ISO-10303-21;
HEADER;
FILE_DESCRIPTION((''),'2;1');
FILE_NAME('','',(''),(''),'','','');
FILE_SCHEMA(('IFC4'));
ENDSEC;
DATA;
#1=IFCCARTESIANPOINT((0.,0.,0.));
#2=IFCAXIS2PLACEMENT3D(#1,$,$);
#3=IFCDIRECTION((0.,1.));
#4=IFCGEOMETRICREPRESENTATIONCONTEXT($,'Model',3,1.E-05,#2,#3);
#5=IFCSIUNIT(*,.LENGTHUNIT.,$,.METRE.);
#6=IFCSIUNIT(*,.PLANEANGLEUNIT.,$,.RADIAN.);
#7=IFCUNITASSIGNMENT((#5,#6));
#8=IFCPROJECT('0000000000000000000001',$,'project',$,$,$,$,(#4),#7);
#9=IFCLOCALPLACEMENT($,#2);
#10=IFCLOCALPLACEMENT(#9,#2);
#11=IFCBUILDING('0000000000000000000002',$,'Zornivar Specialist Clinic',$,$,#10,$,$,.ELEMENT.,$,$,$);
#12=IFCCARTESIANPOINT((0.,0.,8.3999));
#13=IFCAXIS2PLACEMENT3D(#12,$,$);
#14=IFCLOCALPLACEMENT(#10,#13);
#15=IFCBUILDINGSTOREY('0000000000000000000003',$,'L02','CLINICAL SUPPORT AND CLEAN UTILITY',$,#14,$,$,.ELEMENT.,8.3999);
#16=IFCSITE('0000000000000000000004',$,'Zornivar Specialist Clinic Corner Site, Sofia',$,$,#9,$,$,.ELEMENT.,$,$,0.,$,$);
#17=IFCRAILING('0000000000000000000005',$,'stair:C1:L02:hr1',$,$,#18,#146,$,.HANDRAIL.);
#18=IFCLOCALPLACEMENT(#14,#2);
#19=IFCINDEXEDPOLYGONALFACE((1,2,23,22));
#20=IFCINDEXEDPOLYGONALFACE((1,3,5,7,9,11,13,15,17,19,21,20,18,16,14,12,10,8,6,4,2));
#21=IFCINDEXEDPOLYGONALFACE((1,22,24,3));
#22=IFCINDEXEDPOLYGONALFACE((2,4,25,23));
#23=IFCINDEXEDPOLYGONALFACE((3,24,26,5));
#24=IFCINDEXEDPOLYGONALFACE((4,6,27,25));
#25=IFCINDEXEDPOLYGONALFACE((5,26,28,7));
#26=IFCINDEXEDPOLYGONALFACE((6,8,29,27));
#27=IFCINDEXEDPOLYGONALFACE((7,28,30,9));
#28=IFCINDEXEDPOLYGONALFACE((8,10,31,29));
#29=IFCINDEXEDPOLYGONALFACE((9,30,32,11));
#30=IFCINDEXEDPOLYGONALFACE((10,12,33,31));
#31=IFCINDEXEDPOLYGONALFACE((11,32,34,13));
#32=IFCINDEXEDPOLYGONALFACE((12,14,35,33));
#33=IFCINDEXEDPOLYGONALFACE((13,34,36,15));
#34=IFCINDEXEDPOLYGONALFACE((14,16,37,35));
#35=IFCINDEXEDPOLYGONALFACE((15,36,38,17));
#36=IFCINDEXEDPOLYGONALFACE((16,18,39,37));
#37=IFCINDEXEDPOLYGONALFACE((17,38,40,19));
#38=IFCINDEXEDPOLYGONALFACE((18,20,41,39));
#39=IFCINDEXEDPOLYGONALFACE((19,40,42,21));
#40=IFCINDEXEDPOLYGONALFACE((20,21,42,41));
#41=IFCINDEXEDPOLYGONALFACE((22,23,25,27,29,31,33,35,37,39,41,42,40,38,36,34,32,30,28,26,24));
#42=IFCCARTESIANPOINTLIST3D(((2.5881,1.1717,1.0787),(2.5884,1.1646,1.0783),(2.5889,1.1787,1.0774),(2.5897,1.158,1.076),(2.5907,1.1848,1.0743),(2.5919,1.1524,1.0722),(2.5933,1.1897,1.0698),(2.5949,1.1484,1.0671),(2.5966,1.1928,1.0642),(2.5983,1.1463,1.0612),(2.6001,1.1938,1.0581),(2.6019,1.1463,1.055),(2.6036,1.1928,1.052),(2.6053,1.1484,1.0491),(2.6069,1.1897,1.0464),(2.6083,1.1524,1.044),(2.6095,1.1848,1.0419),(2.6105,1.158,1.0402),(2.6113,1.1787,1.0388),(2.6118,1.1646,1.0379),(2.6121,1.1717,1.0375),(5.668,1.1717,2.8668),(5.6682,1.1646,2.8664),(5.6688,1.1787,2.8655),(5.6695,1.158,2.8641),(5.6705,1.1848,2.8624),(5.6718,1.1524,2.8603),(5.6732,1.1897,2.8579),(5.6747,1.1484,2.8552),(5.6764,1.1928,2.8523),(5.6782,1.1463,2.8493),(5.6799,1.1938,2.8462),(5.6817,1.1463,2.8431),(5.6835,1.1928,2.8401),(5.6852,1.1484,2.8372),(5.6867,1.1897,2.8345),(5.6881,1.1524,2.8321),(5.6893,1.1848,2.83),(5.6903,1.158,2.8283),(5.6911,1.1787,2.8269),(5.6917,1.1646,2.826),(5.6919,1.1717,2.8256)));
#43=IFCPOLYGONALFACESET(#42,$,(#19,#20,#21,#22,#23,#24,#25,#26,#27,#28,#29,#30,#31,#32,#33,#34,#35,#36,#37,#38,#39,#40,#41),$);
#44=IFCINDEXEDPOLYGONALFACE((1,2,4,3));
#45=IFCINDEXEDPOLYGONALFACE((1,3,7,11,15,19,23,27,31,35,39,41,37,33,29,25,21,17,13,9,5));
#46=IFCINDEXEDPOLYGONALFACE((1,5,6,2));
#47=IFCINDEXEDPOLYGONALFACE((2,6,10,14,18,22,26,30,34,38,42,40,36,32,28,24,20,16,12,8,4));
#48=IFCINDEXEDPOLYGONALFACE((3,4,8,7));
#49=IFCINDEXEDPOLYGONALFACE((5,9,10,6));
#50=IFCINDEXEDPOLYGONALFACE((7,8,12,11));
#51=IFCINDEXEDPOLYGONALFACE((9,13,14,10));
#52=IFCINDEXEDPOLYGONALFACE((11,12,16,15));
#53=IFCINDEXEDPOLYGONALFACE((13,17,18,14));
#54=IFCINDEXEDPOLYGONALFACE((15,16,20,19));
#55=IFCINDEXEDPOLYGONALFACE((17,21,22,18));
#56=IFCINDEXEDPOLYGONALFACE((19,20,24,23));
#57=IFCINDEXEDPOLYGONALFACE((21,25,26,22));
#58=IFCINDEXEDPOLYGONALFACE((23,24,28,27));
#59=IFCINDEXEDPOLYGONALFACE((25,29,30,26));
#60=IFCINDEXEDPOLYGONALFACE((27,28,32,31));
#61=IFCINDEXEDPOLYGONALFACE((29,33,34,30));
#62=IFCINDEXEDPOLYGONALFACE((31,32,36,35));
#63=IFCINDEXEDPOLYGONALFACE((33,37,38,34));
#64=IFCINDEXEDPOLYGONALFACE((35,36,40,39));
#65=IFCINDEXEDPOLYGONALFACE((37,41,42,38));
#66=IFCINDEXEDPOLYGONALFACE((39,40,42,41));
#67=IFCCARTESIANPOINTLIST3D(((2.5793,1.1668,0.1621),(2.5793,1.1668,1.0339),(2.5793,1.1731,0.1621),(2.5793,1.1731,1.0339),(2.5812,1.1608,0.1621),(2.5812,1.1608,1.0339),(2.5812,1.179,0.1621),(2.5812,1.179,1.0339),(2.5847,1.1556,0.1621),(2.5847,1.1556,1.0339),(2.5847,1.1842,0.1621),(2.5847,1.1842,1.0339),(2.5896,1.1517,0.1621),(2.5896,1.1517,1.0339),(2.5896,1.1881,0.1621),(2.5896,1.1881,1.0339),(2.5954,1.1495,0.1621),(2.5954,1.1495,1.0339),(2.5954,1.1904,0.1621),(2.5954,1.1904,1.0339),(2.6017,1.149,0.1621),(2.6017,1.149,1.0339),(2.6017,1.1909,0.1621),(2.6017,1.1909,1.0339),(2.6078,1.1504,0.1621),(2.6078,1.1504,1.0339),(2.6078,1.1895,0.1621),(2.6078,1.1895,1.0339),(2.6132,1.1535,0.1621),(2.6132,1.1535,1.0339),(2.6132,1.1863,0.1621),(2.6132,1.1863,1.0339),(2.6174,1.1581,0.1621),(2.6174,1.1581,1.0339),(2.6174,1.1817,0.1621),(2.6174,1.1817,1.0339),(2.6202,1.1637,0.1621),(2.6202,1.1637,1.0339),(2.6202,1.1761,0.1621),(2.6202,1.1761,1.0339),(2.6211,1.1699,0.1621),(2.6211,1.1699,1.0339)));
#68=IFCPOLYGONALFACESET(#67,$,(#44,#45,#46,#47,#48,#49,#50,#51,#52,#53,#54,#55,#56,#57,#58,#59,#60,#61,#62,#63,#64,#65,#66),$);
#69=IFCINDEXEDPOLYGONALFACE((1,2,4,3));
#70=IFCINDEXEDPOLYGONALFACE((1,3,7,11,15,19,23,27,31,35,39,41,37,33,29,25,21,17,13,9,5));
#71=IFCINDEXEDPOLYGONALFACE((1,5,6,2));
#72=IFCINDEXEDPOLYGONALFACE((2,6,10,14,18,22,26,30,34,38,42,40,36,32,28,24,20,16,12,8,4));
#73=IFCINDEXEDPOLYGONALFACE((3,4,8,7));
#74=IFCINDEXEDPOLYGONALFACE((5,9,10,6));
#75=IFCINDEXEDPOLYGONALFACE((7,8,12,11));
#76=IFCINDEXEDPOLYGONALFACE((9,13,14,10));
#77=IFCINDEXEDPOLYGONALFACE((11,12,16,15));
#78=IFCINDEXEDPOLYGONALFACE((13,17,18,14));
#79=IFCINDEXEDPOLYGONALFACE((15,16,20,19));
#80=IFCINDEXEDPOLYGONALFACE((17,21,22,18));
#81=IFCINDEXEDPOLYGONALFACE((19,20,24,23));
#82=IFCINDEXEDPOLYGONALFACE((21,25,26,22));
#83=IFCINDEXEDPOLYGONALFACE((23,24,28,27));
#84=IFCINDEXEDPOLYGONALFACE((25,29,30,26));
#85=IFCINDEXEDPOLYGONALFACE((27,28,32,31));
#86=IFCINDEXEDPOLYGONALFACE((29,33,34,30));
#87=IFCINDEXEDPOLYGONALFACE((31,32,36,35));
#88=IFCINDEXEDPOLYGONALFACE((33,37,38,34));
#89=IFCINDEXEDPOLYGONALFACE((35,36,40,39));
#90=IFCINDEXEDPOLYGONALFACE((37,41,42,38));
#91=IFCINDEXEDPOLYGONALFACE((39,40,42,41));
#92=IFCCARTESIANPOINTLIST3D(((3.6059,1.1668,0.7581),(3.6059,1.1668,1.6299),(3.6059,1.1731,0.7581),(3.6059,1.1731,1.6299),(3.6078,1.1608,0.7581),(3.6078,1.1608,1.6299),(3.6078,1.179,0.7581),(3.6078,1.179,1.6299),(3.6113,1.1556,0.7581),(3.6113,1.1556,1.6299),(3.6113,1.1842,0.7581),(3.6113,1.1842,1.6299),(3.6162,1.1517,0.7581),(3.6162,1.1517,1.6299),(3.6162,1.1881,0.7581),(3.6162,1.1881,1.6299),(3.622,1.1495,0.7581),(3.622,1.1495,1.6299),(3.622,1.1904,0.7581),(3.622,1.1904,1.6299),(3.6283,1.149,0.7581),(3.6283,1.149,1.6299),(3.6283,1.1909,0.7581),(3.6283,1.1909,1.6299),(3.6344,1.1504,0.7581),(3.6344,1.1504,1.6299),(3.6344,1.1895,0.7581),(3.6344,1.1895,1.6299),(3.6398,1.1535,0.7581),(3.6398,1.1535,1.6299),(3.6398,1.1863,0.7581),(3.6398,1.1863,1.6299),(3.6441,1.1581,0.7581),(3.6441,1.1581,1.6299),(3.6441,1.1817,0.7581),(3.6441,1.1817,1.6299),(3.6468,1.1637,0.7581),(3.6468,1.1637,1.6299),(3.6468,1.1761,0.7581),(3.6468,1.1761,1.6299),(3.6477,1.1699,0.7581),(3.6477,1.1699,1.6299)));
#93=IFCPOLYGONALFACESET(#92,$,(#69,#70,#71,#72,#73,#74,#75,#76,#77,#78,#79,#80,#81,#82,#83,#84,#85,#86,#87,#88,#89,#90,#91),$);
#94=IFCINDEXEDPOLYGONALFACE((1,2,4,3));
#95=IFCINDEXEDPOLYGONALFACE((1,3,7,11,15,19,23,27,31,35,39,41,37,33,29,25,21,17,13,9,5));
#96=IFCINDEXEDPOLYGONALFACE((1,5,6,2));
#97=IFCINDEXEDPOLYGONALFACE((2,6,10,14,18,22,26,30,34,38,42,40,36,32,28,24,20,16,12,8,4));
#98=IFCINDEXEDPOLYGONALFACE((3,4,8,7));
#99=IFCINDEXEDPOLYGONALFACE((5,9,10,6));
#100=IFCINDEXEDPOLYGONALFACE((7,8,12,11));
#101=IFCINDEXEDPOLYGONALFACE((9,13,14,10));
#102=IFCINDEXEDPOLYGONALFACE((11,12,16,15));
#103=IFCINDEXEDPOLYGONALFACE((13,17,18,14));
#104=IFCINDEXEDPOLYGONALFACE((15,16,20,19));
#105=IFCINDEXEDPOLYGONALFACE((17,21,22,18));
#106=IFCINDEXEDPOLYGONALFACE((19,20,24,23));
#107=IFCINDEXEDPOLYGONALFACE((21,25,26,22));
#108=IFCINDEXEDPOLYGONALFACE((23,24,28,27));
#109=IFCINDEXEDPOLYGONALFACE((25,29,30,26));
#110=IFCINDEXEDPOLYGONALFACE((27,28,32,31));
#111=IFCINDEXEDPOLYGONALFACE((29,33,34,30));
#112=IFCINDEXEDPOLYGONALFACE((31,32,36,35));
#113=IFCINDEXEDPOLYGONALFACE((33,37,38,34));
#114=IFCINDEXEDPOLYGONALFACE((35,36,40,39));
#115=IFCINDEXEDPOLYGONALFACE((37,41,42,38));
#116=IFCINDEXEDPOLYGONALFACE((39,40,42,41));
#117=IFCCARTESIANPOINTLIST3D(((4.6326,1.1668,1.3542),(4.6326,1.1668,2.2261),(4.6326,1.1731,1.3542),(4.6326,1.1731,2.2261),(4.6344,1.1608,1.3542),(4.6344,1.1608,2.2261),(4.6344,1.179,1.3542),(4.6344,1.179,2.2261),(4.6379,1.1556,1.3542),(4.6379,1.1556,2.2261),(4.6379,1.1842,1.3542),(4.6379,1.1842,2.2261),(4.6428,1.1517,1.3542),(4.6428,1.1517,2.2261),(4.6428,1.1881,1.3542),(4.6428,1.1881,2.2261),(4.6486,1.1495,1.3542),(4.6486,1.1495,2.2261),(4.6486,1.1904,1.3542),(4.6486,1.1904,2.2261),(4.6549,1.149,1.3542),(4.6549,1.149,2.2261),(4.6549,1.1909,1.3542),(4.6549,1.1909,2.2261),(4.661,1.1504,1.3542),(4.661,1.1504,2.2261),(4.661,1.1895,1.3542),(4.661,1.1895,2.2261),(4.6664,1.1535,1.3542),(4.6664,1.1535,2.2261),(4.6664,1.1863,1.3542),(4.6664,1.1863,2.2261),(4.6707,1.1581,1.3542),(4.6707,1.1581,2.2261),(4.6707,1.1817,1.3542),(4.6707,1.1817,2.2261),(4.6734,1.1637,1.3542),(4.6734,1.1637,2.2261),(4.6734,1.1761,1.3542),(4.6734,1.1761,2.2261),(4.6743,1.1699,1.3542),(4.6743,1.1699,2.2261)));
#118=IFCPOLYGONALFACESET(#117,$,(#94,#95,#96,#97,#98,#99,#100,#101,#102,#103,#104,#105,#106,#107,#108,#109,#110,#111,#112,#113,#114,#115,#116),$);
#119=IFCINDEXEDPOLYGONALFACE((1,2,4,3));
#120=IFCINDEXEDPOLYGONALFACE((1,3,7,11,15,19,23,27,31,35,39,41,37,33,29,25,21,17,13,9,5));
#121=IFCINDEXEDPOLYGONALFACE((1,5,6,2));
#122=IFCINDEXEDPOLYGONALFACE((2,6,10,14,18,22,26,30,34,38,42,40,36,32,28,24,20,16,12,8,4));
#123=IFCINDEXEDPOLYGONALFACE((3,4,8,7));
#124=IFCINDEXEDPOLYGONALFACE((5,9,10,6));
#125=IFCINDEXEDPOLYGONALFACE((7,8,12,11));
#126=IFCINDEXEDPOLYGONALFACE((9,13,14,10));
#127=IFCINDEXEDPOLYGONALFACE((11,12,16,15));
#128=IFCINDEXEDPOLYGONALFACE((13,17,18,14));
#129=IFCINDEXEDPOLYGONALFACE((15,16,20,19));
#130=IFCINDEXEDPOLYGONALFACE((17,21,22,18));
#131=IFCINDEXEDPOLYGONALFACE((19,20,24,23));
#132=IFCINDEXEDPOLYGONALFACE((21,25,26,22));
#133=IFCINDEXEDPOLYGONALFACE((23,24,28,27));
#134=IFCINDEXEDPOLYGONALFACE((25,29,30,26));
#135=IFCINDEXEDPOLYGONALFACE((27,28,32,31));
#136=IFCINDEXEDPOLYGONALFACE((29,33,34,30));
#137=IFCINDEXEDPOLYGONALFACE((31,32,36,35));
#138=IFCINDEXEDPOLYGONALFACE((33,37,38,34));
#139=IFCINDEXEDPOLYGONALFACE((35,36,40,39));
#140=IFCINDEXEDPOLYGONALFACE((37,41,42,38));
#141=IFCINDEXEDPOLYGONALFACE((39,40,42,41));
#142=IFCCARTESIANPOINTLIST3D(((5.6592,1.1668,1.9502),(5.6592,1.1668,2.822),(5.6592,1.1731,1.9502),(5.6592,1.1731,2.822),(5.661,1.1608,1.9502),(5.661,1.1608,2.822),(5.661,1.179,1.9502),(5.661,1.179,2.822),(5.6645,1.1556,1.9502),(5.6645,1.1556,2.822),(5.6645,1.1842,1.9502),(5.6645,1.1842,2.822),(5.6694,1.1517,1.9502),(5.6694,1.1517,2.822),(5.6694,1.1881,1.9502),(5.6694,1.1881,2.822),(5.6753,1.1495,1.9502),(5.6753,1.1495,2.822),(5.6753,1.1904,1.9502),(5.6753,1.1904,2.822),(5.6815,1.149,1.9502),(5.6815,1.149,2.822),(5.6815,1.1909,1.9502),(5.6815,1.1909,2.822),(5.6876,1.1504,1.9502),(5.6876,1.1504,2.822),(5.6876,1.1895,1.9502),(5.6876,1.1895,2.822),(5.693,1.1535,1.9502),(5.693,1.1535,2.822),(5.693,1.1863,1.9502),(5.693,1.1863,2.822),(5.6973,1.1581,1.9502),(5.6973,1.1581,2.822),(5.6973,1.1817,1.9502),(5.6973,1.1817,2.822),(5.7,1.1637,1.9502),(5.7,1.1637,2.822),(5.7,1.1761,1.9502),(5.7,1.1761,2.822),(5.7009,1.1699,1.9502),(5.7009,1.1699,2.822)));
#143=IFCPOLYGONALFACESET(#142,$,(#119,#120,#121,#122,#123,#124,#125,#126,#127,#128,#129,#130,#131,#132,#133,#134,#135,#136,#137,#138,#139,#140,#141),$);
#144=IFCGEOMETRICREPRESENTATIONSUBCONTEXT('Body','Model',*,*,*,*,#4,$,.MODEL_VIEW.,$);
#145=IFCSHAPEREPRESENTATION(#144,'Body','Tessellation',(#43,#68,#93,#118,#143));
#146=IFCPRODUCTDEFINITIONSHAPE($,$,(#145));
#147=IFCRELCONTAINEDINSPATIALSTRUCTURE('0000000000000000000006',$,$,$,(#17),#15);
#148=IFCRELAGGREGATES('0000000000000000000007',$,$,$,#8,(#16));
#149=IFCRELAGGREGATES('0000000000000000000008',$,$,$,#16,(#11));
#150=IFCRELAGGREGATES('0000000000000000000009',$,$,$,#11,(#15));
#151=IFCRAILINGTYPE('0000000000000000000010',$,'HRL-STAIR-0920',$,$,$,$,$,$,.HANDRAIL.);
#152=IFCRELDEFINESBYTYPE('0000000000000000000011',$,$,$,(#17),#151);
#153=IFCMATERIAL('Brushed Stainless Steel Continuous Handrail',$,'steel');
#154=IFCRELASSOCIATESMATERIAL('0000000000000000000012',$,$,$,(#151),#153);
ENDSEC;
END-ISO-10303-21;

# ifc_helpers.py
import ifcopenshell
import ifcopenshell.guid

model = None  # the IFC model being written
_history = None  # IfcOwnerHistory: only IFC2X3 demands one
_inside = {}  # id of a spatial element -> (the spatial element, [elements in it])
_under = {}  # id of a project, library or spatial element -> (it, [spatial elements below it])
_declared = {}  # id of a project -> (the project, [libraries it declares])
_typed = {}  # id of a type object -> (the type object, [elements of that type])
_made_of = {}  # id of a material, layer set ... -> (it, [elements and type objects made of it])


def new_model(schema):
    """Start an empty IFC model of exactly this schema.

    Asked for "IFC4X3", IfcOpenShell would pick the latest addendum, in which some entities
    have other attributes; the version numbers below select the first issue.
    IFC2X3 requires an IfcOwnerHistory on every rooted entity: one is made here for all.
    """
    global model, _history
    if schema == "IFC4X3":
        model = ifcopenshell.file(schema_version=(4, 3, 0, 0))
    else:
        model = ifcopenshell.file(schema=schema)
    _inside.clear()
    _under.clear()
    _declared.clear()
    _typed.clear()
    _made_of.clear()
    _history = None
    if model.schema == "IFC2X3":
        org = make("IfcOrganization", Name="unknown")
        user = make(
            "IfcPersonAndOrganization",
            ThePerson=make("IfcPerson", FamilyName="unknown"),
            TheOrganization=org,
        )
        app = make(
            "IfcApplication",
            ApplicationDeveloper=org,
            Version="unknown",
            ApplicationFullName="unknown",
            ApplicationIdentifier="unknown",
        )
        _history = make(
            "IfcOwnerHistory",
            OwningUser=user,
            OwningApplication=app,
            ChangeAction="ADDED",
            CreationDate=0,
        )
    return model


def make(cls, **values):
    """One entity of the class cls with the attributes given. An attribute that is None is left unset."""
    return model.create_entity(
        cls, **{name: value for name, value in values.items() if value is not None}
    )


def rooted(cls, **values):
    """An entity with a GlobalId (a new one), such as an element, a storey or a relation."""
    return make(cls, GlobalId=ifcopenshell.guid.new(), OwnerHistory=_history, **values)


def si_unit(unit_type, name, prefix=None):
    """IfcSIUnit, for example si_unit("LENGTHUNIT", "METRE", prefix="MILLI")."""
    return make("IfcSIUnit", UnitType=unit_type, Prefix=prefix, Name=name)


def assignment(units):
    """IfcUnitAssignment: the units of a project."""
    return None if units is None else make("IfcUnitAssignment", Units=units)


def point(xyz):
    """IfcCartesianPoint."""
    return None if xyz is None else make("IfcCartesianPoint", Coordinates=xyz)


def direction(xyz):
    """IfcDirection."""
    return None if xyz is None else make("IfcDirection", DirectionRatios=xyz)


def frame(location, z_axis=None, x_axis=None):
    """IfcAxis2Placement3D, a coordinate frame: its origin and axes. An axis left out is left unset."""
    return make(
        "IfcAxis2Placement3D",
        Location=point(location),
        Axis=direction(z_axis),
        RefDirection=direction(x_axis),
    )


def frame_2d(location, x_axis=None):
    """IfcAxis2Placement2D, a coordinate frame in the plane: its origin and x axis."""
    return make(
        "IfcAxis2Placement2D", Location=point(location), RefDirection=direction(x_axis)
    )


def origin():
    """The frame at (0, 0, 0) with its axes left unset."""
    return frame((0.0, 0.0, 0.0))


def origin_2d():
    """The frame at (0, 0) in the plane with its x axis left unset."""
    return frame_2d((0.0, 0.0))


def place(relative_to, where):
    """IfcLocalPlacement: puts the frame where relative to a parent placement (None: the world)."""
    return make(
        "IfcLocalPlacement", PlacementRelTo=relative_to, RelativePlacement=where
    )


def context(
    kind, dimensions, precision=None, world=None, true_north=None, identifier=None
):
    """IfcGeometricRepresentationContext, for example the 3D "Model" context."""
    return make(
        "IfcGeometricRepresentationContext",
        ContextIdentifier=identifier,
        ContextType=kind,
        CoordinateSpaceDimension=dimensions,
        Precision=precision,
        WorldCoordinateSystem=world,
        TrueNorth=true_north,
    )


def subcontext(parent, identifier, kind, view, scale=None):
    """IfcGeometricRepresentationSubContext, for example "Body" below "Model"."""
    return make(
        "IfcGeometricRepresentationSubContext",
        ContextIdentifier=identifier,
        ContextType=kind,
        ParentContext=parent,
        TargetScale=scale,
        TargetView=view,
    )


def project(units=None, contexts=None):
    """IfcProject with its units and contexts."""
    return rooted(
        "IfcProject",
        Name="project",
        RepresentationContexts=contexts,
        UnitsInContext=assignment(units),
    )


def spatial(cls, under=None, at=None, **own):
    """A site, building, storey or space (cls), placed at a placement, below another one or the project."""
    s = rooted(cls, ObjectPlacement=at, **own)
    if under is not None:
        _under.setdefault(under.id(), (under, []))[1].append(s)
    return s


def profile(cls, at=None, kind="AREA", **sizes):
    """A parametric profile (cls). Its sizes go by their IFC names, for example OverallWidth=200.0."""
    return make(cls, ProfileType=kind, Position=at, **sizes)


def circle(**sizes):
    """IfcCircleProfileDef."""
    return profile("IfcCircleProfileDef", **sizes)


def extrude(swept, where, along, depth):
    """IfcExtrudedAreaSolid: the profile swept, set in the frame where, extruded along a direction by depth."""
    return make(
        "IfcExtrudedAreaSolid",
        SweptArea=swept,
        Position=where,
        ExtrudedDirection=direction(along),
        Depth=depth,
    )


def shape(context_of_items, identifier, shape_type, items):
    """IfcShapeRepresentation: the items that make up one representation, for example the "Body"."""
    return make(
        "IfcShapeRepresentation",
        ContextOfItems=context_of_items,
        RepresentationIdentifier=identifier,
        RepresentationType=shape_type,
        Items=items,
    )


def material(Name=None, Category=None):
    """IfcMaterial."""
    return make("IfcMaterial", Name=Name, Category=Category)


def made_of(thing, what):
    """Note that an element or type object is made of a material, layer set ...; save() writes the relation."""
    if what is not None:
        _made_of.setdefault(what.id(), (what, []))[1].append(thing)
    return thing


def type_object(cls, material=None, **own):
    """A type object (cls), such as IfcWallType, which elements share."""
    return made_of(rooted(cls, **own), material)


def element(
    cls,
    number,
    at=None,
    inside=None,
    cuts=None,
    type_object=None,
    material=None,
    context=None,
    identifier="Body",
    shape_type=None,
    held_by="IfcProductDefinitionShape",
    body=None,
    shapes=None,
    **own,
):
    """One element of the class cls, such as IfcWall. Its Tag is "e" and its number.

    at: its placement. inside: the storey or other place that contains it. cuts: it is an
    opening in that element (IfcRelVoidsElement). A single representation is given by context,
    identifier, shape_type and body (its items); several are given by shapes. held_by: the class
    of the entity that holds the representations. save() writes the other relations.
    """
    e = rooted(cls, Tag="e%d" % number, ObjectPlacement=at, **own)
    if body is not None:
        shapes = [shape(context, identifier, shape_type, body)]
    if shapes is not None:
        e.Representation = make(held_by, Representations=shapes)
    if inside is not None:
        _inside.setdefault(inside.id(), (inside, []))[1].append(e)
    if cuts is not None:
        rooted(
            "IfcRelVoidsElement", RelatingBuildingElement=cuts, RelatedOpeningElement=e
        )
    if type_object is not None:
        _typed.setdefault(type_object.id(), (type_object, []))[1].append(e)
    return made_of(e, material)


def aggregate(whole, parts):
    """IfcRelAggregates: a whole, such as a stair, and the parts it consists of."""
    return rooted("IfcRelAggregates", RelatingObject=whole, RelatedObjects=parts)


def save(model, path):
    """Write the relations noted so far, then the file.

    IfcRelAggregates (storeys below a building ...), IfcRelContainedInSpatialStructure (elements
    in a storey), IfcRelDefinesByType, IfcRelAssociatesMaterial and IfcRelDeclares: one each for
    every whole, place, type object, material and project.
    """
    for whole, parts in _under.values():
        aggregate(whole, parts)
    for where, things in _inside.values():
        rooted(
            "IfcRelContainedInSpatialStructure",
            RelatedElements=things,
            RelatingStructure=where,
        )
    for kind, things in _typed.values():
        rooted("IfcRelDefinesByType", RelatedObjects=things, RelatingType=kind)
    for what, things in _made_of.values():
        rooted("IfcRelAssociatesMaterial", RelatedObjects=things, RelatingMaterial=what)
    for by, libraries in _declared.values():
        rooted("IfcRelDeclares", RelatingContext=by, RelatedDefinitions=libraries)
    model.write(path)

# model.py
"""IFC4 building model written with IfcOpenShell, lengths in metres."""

from ifc_helpers import new_model, si_unit, direction, frame, origin, origin_2d, place, context, subcontext, project, spatial, circle, extrude, material, type_object, element, save


model = new_model("IFC4")

# Units and contexts
model_context = context("Model", 3, precision=1e-05, world=origin(), true_north=direction((0.0, 1.0)))
body_context = subcontext(model_context, "Body", "Model", "MODEL_VIEW")
ifc_project = project(units=[si_unit("LENGTHUNIT", "METRE"), si_unit("PLANEANGLEUNIT", "RADIAN")], contexts=[model_context])

# Site, building, storey
site_placement = place(None, origin())
site = spatial("IfcSite", under=ifc_project, at=site_placement, Name="Zornivar Specialist Clinic Corner Site, Sofia", CompositionType="ELEMENT", RefElevation=0.0)
building_placement = place(site_placement, origin())
building = spatial("IfcBuilding", under=site, at=building_placement, Name="Zornivar Specialist Clinic", CompositionType="ELEMENT")
storey_placement = place(building_placement, frame((0.0, 0.0, 8.3999)))
storey = spatial("IfcBuildingStorey", under=building, at=storey_placement, Name="L02", Description="CLINICAL SUPPORT AND CLEAN UTILITY", CompositionType="ELEMENT", Elevation=8.3999)

# Railing
ifc_material_1 = material(Name="Brushed Stainless Steel Continuous Handrail", Category="steel")
railing_type_1 = type_object("IfcRailingType", Name="HRL-STAIR-0920", PredefinedType="HANDRAIL", material=ifc_material_1)
railing_1_placement = place(storey_placement, frame((2.6001, 1.1699, 0.1621)))
element("IfcRailing", 1, at=railing_1_placement, inside=storey, type_object=railing_type_1, Name="stair:C1:L02:hr1", PredefinedType="HANDRAIL", context=body_context, shape_type="SweptSolid", body=[
    extrude(circle(Radius=0.0239, at=origin_2d()), frame((0.0, 0.0, 0.896), z_axis=(0.864814, 0.0, 0.502093), x_axis=(0.0, 1.0, 0.0)), (0.0, 0.0, 1.0), 3.5613),
    extrude(circle(Radius=0.021, at=origin_2d()), origin(), (0.0, 0.0, 1.0), 0.8718),
    extrude(circle(Radius=0.021, at=origin_2d()), frame((1.0266, 0.0, 0.5959)), (0.0, 0.0, 1.0), 0.8718),
    extrude(circle(Radius=0.021, at=origin_2d()), frame((2.0532, 0.0, 1.1921)), (0.0, 0.0, 1.0), 0.8718),
    extrude(circle(Radius=0.021, at=origin_2d()), frame((3.0798, 0.0, 1.7881)), (0.0, 0.0, 1.0), 0.8718),
])

save(model, "model.ifc")
